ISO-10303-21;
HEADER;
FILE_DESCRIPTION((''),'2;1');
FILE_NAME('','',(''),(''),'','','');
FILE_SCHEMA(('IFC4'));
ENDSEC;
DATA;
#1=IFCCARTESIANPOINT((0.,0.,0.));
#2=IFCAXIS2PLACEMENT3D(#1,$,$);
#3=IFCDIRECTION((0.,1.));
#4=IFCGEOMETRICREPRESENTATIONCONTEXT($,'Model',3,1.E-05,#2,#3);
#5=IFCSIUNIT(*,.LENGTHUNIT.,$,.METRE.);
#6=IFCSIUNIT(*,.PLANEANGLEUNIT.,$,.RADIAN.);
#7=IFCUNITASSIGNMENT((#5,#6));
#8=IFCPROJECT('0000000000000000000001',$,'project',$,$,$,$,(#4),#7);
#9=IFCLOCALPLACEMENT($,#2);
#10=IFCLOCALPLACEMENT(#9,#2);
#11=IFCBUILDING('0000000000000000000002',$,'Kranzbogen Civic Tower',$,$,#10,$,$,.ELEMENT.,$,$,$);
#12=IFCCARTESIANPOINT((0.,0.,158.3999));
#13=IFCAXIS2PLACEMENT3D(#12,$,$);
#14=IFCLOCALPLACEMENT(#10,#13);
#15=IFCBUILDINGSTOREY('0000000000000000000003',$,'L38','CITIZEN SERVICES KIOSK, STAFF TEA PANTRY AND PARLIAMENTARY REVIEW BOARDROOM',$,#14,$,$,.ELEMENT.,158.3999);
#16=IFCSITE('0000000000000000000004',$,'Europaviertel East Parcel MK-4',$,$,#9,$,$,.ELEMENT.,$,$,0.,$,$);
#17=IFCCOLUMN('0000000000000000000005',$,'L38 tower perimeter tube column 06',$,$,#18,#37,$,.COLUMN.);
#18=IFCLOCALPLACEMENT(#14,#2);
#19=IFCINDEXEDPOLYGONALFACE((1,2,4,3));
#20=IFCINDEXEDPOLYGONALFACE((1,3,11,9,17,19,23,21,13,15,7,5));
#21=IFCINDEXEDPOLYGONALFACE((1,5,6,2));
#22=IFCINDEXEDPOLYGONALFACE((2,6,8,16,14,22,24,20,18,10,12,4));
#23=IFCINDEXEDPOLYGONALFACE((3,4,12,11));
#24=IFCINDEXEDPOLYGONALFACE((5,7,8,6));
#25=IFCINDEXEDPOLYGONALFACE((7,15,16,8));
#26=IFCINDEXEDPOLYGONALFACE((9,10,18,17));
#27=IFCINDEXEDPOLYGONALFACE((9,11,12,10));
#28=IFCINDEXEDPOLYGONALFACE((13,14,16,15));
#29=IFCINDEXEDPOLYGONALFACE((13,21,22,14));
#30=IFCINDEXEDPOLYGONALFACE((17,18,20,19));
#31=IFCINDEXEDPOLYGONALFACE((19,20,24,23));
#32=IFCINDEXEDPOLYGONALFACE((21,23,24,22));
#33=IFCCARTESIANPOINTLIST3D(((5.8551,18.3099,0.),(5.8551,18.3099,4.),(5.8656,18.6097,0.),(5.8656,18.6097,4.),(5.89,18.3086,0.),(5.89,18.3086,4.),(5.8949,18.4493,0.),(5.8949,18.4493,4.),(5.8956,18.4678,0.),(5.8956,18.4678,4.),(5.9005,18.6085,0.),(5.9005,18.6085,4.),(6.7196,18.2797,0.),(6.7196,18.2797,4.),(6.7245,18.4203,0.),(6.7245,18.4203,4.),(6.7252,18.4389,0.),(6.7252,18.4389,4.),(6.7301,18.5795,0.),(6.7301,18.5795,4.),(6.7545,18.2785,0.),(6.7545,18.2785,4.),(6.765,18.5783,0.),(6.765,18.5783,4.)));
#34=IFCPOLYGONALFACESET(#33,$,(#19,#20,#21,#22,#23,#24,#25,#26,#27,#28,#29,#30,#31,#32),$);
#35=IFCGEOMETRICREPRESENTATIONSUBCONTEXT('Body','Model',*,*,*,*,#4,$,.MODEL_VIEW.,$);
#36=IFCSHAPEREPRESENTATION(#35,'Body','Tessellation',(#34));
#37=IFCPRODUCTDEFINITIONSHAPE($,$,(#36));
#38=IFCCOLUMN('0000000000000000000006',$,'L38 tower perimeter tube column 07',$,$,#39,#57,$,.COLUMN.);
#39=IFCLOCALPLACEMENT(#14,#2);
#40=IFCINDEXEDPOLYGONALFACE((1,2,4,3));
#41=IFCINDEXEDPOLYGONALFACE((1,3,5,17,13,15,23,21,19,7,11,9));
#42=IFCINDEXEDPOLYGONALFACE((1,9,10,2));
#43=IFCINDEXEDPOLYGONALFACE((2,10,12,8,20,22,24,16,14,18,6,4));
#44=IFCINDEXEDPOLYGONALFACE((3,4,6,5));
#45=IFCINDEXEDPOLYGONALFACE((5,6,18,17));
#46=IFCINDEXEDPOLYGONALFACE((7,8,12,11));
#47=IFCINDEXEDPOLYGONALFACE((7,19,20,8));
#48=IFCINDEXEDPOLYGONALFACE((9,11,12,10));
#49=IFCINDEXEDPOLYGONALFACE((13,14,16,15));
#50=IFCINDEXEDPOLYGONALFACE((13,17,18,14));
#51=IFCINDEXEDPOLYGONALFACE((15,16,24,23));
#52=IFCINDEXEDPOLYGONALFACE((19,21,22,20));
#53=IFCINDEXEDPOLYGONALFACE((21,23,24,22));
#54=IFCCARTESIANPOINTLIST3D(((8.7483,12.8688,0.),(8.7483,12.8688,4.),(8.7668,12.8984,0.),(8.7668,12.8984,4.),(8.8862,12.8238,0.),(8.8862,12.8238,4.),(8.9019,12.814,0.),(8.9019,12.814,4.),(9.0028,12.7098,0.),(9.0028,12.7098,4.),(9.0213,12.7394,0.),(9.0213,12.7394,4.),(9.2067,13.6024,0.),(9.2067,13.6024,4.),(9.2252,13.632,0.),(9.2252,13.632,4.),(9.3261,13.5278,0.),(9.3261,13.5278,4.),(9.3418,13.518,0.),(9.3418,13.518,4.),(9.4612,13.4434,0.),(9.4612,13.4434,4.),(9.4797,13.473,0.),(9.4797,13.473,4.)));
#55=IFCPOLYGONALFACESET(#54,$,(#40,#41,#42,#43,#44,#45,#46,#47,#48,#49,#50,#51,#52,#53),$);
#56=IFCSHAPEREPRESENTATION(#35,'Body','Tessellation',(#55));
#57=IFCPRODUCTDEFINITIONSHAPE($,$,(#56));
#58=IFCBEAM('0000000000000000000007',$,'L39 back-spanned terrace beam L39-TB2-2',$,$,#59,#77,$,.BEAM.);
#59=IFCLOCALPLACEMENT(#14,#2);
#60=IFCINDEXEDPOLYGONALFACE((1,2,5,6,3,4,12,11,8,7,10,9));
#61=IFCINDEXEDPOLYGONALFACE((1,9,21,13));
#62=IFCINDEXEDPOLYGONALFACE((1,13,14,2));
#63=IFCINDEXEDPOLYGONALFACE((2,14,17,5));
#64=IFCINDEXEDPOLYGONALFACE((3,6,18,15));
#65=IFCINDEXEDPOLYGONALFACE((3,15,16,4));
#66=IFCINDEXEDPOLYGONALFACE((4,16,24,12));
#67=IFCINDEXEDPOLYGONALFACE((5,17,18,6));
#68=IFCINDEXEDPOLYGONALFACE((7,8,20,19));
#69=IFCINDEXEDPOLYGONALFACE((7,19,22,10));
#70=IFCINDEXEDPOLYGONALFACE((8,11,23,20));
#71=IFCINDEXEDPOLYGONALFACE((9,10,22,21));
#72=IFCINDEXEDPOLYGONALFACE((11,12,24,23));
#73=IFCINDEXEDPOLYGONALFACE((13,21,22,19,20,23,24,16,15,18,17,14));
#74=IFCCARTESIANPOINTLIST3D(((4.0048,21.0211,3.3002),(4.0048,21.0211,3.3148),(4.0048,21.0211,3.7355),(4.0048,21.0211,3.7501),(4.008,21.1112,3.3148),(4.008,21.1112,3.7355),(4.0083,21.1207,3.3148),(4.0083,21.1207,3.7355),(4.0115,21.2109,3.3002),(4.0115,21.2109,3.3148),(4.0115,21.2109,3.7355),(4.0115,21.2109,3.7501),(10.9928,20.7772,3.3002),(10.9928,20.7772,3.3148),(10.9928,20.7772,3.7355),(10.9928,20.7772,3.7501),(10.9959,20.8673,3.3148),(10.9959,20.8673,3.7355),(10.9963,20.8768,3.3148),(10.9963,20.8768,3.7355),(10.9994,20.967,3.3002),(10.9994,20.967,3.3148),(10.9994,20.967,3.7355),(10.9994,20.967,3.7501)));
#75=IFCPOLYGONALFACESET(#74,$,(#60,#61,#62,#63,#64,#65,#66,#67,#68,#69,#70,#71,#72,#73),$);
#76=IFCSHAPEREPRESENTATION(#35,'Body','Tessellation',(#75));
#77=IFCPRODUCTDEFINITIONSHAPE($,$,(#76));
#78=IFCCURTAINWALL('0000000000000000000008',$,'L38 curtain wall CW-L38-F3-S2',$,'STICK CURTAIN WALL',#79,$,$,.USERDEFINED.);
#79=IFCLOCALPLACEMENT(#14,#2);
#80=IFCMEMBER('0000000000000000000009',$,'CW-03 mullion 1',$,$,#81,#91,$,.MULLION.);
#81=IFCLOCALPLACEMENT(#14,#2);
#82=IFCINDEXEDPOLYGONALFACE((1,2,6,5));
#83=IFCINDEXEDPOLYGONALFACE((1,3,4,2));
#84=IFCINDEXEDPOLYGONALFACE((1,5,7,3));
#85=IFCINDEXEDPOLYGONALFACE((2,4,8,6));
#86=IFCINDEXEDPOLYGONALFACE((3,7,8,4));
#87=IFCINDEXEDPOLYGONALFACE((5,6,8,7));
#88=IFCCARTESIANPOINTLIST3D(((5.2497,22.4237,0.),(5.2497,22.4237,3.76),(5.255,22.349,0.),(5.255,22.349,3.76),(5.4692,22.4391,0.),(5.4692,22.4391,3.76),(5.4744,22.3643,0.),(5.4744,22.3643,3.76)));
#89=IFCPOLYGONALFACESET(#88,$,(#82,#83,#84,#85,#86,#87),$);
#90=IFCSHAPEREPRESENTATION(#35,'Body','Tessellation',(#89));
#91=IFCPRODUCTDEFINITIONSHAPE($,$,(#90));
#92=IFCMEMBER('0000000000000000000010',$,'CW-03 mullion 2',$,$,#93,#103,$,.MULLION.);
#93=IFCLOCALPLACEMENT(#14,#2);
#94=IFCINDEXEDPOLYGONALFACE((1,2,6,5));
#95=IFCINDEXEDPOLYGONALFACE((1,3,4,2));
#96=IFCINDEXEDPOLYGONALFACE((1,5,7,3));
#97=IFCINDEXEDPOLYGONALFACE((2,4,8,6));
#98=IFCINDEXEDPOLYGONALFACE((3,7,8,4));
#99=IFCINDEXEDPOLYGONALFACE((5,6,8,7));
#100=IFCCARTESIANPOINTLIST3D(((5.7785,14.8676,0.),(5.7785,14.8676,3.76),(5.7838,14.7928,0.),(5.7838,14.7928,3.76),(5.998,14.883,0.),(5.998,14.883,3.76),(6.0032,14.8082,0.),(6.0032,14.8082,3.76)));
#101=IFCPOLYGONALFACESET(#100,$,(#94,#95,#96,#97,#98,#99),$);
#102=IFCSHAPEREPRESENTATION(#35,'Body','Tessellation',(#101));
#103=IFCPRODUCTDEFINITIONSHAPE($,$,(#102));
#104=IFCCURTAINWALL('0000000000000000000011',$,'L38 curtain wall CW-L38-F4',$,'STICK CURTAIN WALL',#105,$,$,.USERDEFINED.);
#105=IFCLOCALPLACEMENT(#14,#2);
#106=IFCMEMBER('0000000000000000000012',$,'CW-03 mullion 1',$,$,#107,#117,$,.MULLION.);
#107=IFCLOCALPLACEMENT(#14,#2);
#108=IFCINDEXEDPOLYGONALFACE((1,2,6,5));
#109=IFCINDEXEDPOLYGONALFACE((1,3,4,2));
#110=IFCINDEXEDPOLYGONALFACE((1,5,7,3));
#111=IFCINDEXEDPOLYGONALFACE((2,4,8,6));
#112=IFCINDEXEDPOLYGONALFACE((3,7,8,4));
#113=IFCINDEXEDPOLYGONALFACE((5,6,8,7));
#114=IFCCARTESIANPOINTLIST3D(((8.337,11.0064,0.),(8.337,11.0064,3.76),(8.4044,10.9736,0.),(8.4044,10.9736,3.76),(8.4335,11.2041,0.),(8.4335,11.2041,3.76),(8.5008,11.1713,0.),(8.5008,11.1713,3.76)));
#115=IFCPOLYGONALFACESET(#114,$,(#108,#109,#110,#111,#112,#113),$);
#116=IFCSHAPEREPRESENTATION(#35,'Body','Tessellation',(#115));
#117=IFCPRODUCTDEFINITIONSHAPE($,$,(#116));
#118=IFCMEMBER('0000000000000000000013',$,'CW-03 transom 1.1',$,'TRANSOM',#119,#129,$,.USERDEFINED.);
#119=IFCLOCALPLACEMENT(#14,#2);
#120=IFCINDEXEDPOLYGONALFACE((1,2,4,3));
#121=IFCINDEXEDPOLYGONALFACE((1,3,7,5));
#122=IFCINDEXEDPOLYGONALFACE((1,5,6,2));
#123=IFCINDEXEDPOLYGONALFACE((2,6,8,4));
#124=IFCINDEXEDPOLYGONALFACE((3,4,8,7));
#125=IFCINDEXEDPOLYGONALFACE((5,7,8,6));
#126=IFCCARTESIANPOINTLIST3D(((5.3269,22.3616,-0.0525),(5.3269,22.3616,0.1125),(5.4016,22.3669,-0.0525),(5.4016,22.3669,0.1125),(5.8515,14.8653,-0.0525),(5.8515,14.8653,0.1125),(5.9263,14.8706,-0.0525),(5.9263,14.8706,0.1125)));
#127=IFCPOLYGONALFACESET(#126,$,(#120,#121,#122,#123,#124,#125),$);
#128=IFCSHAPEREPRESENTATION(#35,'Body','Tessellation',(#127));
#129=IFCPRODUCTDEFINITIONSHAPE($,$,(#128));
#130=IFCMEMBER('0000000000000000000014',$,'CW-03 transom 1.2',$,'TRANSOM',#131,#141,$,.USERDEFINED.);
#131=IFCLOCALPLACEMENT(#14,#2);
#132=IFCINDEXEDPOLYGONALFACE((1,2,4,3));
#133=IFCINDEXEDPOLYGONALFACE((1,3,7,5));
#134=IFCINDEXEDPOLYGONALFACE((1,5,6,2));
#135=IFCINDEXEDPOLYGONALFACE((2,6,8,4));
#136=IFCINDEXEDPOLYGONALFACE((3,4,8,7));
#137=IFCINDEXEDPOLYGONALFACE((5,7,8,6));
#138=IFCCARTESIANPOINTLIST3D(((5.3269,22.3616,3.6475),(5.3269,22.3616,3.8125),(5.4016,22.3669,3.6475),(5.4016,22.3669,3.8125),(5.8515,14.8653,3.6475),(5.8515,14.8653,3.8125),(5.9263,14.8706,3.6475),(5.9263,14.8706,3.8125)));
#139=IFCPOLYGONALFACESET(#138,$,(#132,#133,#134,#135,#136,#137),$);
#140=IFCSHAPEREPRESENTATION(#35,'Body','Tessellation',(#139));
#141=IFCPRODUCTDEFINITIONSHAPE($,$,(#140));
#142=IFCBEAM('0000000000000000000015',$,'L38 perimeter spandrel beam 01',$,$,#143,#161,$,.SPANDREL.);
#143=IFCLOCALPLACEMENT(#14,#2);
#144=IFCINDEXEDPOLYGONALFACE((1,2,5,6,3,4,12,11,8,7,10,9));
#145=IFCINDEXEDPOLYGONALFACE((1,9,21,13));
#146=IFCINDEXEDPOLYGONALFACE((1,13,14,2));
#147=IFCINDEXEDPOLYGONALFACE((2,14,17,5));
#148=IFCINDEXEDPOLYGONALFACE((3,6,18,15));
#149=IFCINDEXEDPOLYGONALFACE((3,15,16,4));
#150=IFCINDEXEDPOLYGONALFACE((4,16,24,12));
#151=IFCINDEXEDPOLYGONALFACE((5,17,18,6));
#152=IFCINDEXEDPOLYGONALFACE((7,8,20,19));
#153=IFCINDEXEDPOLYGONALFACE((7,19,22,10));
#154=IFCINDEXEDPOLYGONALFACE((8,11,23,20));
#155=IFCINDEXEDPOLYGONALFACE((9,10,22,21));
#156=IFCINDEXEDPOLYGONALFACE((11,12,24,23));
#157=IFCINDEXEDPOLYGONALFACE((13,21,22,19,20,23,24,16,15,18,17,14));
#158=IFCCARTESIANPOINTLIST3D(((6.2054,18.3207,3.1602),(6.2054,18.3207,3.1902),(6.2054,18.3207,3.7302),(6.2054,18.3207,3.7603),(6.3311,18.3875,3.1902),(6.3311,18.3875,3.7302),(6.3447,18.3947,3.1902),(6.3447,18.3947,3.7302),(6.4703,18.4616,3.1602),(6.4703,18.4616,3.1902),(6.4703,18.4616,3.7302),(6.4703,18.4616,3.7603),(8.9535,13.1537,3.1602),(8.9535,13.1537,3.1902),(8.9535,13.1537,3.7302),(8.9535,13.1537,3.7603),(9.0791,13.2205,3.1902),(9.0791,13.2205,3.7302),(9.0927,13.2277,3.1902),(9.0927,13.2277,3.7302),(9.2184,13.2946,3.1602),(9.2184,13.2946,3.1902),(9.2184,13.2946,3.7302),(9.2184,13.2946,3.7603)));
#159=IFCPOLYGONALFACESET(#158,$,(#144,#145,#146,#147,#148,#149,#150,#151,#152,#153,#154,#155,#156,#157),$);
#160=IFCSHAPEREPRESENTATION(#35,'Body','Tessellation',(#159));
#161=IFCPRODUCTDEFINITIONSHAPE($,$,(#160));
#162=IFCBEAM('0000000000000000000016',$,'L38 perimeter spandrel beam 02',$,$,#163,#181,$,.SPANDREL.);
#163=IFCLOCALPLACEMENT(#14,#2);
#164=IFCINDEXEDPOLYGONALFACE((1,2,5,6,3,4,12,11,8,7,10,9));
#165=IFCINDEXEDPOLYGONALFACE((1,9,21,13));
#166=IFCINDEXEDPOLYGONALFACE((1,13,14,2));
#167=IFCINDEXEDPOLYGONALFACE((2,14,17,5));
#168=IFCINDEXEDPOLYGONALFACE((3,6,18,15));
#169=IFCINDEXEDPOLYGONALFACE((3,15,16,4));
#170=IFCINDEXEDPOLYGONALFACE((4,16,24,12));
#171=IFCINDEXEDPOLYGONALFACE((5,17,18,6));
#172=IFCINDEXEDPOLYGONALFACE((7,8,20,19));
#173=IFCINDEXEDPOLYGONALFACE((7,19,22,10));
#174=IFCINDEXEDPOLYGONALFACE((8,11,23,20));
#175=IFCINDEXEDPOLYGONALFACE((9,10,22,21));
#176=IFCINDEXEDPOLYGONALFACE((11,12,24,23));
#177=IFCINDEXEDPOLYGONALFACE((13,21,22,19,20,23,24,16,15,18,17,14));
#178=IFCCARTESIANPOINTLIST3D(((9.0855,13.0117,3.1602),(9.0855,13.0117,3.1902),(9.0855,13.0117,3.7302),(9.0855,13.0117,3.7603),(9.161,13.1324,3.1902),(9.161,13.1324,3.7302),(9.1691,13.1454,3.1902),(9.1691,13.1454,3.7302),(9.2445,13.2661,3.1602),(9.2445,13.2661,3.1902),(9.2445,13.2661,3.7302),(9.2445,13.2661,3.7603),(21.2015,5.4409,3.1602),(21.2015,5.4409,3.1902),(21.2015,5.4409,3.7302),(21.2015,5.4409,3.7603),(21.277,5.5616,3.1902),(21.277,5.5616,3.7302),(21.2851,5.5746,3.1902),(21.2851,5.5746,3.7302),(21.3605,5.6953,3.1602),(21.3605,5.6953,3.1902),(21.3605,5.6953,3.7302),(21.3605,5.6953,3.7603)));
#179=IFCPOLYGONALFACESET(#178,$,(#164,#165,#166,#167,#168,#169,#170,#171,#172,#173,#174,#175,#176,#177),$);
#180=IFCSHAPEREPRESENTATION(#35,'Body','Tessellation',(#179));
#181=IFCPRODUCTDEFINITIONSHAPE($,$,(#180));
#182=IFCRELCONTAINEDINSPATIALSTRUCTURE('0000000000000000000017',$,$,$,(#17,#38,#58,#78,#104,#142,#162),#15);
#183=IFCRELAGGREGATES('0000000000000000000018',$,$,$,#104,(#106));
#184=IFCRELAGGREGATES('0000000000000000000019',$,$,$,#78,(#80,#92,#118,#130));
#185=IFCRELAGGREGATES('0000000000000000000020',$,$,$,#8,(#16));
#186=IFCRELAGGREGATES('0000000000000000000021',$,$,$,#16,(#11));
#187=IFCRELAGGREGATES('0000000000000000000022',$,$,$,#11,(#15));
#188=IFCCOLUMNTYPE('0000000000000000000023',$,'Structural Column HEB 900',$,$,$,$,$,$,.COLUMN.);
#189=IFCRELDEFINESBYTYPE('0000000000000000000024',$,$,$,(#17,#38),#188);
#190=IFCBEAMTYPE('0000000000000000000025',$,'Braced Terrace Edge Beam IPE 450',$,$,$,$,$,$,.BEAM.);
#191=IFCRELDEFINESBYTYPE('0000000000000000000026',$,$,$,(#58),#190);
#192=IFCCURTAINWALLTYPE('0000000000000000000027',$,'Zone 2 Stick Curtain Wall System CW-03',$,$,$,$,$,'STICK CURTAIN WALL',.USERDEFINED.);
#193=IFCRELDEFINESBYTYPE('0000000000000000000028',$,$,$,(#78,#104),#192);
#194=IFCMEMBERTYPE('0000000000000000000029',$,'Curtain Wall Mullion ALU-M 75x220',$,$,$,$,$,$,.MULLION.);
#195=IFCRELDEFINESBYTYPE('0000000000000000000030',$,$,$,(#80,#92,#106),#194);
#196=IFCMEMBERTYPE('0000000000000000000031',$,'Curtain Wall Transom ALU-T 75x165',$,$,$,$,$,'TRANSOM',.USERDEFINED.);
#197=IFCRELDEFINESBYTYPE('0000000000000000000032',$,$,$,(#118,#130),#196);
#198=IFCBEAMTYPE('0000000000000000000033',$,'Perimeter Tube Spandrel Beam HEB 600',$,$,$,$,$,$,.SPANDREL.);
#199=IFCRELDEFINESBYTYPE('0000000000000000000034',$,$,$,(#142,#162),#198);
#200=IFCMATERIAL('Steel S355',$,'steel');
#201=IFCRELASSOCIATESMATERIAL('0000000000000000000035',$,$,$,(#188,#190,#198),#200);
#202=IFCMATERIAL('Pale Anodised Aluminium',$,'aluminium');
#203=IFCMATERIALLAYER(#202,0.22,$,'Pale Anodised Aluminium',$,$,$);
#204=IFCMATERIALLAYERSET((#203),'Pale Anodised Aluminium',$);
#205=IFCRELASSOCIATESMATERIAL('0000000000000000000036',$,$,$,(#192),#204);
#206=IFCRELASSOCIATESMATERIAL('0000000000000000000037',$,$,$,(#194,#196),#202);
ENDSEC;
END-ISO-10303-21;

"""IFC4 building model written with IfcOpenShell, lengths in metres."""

from ifc_helpers import new_model, si_unit, direction, frame, origin, origin_2d, place, context, subcontext, project, spatial, rectangle, i_section, extrude, material, layer, layer_set, material_profile, profile_set, type_object, element, aggregate, save


model = new_model("IFC4")

# Units and contexts
model_context = context("Model", 3, precision=1e-05, world=origin(), true_north=direction((0.0, 1.0)))
body_context = subcontext(model_context, "Body", "Model", "MODEL_VIEW")
ifc_project = project(units=[si_unit("LENGTHUNIT", "METRE"), si_unit("PLANEANGLEUNIT", "RADIAN")], contexts=[model_context])

# Site, building, storey
site_placement = place(None, origin())
site = spatial("IfcSite", under=ifc_project, at=site_placement, Name="Europaviertel East Parcel MK-4", CompositionType="ELEMENT", RefElevation=0.0)
building_placement = place(site_placement, origin())
building = spatial("IfcBuilding", under=site, at=building_placement, Name="Kranzbogen Civic Tower", CompositionType="ELEMENT")
storey_placement = place(building_placement, frame((0.0, 0.0, 158.3999)))
storey = spatial("IfcBuildingStorey", under=building, at=storey_placement, Name="L38", Description="CITIZEN SERVICES KIOSK, STAFF TEA PANTRY AND PARLIAMENTARY REVIEW BOARDROOM", CompositionType="ELEMENT", Elevation=158.3999)

# Columns
ifc_material_1 = material(Name="Steel S355", Category="steel")
ifc_material_profile_1 = material_profile(ifc_material_1, i_section(OverallWidth=0.3, OverallDepth=0.8999, WebThickness=0.0186, FlangeThickness=0.0349, at=origin_2d()), Name="HEB 900")
ifc_profile_set_1 = profile_set([ifc_material_profile_1], Name="Steel S355")
column_type = type_object("IfcColumnType", Name="Structural Column HEB 900", PredefinedType="COLUMN", material=ifc_profile_set_1)
for number, where, z_axis, x_axis, name in (
    (1, (6.3101, 18.4441, 0.0), (0.0, 0.0, 1.0), (0.034899, 0.999391, 0.0), "L38 tower perimeter tube column 06"),
    (2, (9.114, 13.1709, 0.0), (0.0, 0.0, 1.0), (-0.848048, 0.529919, 0.0), "L38 tower perimeter tube column 07"),
):
    element("IfcColumn", number, at=place(storey_placement, frame(where, z_axis=z_axis, x_axis=x_axis)), inside=storey, type_object=column_type, Name=name, PredefinedType="COLUMN", context=body_context, shape_type="SweptSolid", body=[
        extrude(i_section(OverallWidth=0.3, OverallDepth=0.8999, WebThickness=0.0186, FlangeThickness=0.0349, at=origin_2d()), origin(), (0.0, 0.0, 1.0), 4.0),
    ])

# Beam
ifc_material_profile_2 = material_profile(ifc_material_1, i_section(OverallWidth=0.1899, OverallDepth=0.45, WebThickness=0.0095, FlangeThickness=0.0146, at=origin_2d()), Name="IPE 450")
ifc_profile_set_2 = profile_set([ifc_material_profile_2], Name="Steel S355")
beam_type_1 = type_object("IfcBeamType", Name="Braced Terrace Edge Beam IPE 450", PredefinedType="BEAM", material=ifc_profile_set_2)
beam_1_placement = place(storey_placement, frame((10.9961, 20.8721, 3.5251), z_axis=(-0.999391, 0.034881, 0.0), x_axis=(-0.034881, -0.999391, 0.0)))
element("IfcBeam", 3, at=beam_1_placement, inside=storey, type_object=beam_type_1, Name="L39 back-spanned terrace beam L39-TB2-2", PredefinedType="BEAM", context=body_context, shape_type="SweptSolid", body=[
    extrude(i_section(OverallWidth=0.1899, OverallDepth=0.45, WebThickness=0.0095, FlangeThickness=0.0146, at=origin_2d()), origin(), (0.0, 0.0, 1.0), 6.9922),
])

# Curtain wall, members
ifc_material_2 = material(Name="Pale Anodised Aluminium", Category="aluminium")
ifc_layer_1 = layer(ifc_material_2, 0.22, Name="Pale Anodised Aluminium")
ifc_layer_set_1 = layer_set([ifc_layer_1], Name="Pale Anodised Aluminium")
curtain_wall_type = type_object("IfcCurtainWallType", Name="Zone 2 Stick Curtain Wall System CW-03", ElementType="STICK CURTAIN WALL", PredefinedType="USERDEFINED", material=ifc_layer_set_1)
curtain_wall_1_placement = place(storey_placement, origin())
curtain_wall_1 = element("IfcCurtainWall", 4, at=curtain_wall_1_placement, inside=storey, type_object=curtain_wall_type, Name="L38 curtain wall CW-L38-F3-S2", ObjectType="STICK CURTAIN WALL", PredefinedType="USERDEFINED")
ifc_material_profile_3 = material_profile(ifc_material_2, rectangle(XDim=0.075, YDim=0.22, at=origin_2d()), Name="ALU-M 75x220")
ifc_profile_set_3 = profile_set([ifc_material_profile_3], Name="Pale Anodised Aluminium")
member_type_1 = type_object("IfcMemberType", Name="Curtain Wall Mullion ALU-M 75x220", PredefinedType="MULLION", material=ifc_profile_set_3)
member_1_placement = place(storey_placement, frame((5.3621, 22.394, 0.0), z_axis=(0.0, 0.0, 1.0), x_axis=(0.069813, -0.99756, 0.0)))
member_1 = element("IfcMember", 5, at=member_1_placement, type_object=member_type_1, Name="CW-03 mullion 1", PredefinedType="MULLION", context=body_context, shape_type="SweptSolid", body=[
    extrude(rectangle(XDim=0.075, YDim=0.22, at=origin_2d()), origin(), (0.0, 0.0, 1.0), 3.76),
])
member_2_placement = place(storey_placement, frame((5.8909, 14.8379, 0.0), z_axis=(0.0, 0.0, 1.0), x_axis=(0.069813, -0.99756, 0.0)))
member_2 = element("IfcMember", 6, at=member_2_placement, type_object=member_type_1, Name="CW-03 mullion 2", PredefinedType="MULLION", context=body_context, shape_type="SweptSolid", body=[
    extrude(rectangle(XDim=0.075, YDim=0.22, at=origin_2d()), origin(), (0.0, 0.0, 1.0), 3.76),
])

# Curtain wall, member
curtain_wall_2_placement = place(storey_placement, origin())
curtain_wall_2 = element("IfcCurtainWall", 7, at=curtain_wall_2_placement, inside=storey, type_object=curtain_wall_type, Name="L38 curtain wall CW-L38-F4", ObjectType="STICK CURTAIN WALL", PredefinedType="USERDEFINED")
member_3_placement = place(storey_placement, frame((8.4189, 11.0889, 0.0), z_axis=(0.0, 0.0, 1.0), x_axis=(0.898787, -0.438386, 0.0)))
member_3 = element("IfcMember", 8, at=member_3_placement, type_object=member_type_1, Name="CW-03 mullion 1", PredefinedType="MULLION", context=body_context, shape_type="SweptSolid", body=[
    extrude(rectangle(XDim=0.075, YDim=0.22, at=origin_2d()), origin(), (0.0, 0.0, 1.0), 3.76),
])
aggregate(curtain_wall_2, [member_3])

# Members
ifc_material_profile_4 = material_profile(ifc_material_2, rectangle(XDim=0.075, YDim=0.165, at=origin_2d()), Name="ALU-T 75x165")
ifc_profile_set_4 = profile_set([ifc_material_profile_4], Name="Pale Anodised Aluminium")
member_type_2 = type_object("IfcMemberType", Name="Curtain Wall Transom ALU-T 75x165", ElementType="TRANSOM", PredefinedType="USERDEFINED", material=ifc_profile_set_4)
member_4_placement = place(storey_placement, frame((5.3643, 22.3643, 0.03), z_axis=(0.069818, -0.99756, 0.0), x_axis=(0.99756, 0.069818, 0.0)))
member_4 = element("IfcMember", 9, at=member_4_placement, type_object=member_type_2, Name="CW-03 transom 1.1", ObjectType="TRANSOM", PredefinedType="USERDEFINED", context=body_context, shape_type="SweptSolid", body=[
    extrude(rectangle(XDim=0.075, YDim=0.165, at=origin_2d()), origin(), (0.0, 0.0, 1.0), 7.5146),
])
member_5_placement = place(storey_placement, frame((5.3643, 22.3643, 3.73), z_axis=(0.069818, -0.99756, 0.0), x_axis=(0.99756, 0.069818, 0.0)))
member_5 = element("IfcMember", 10, at=member_5_placement, type_object=member_type_2, Name="CW-03 transom 1.2", ObjectType="TRANSOM", PredefinedType="USERDEFINED", context=body_context, shape_type="SweptSolid", body=[
    extrude(rectangle(XDim=0.075, YDim=0.165, at=origin_2d()), origin(), (0.0, 0.0, 1.0), 7.5146),
])

# Beams
ifc_material_profile_5 = material_profile(ifc_material_1, i_section(OverallWidth=0.3, OverallDepth=0.6001, WebThickness=0.0154, FlangeThickness=0.03, at=origin_2d()), Name="HEB 600")
ifc_profile_set_5 = profile_set([ifc_material_profile_5], Name="Steel S355")
beam_type_2 = type_object("IfcBeamType", Name="Perimeter Tube Spandrel Beam HEB 600", PredefinedType="SPANDREL", material=ifc_profile_set_5)
beam_2_placement = place(storey_placement, frame((6.3379, 18.3911, 3.4602), z_axis=(0.469566, -0.882897, 0.0), x_axis=(0.882897, 0.469566, 0.0)))
element("IfcBeam", 11, at=beam_2_placement, inside=storey, type_object=beam_type_2, Name="L38 perimeter spandrel beam 01", PredefinedType="SPANDREL", context=body_context, shape_type="SweptSolid", body=[
    extrude(i_section(OverallWidth=0.3, OverallDepth=0.6001, WebThickness=0.0154, FlangeThickness=0.03, at=origin_2d()), origin(), (0.0, 0.0, 1.0), 5.8523),
])
beam_3_placement = place(storey_placement, frame((9.165, 13.1389, 3.4602), z_axis=(0.848051, -0.529914, 0.0), x_axis=(0.529914, 0.848051, 0.0)))
element("IfcBeam", 12, at=beam_3_placement, inside=storey, type_object=beam_type_2, Name="L38 perimeter spandrel beam 02", PredefinedType="SPANDREL", context=body_context, shape_type="SweptSolid", body=[
    extrude(i_section(OverallWidth=0.3, OverallDepth=0.6001, WebThickness=0.0154, FlangeThickness=0.03, at=origin_2d()), origin(), (0.0, 0.0, 1.0), 14.2869),
])

aggregate(curtain_wall_1, [member_1, member_2, member_4, member_5])

save(model, "model.ifc")
